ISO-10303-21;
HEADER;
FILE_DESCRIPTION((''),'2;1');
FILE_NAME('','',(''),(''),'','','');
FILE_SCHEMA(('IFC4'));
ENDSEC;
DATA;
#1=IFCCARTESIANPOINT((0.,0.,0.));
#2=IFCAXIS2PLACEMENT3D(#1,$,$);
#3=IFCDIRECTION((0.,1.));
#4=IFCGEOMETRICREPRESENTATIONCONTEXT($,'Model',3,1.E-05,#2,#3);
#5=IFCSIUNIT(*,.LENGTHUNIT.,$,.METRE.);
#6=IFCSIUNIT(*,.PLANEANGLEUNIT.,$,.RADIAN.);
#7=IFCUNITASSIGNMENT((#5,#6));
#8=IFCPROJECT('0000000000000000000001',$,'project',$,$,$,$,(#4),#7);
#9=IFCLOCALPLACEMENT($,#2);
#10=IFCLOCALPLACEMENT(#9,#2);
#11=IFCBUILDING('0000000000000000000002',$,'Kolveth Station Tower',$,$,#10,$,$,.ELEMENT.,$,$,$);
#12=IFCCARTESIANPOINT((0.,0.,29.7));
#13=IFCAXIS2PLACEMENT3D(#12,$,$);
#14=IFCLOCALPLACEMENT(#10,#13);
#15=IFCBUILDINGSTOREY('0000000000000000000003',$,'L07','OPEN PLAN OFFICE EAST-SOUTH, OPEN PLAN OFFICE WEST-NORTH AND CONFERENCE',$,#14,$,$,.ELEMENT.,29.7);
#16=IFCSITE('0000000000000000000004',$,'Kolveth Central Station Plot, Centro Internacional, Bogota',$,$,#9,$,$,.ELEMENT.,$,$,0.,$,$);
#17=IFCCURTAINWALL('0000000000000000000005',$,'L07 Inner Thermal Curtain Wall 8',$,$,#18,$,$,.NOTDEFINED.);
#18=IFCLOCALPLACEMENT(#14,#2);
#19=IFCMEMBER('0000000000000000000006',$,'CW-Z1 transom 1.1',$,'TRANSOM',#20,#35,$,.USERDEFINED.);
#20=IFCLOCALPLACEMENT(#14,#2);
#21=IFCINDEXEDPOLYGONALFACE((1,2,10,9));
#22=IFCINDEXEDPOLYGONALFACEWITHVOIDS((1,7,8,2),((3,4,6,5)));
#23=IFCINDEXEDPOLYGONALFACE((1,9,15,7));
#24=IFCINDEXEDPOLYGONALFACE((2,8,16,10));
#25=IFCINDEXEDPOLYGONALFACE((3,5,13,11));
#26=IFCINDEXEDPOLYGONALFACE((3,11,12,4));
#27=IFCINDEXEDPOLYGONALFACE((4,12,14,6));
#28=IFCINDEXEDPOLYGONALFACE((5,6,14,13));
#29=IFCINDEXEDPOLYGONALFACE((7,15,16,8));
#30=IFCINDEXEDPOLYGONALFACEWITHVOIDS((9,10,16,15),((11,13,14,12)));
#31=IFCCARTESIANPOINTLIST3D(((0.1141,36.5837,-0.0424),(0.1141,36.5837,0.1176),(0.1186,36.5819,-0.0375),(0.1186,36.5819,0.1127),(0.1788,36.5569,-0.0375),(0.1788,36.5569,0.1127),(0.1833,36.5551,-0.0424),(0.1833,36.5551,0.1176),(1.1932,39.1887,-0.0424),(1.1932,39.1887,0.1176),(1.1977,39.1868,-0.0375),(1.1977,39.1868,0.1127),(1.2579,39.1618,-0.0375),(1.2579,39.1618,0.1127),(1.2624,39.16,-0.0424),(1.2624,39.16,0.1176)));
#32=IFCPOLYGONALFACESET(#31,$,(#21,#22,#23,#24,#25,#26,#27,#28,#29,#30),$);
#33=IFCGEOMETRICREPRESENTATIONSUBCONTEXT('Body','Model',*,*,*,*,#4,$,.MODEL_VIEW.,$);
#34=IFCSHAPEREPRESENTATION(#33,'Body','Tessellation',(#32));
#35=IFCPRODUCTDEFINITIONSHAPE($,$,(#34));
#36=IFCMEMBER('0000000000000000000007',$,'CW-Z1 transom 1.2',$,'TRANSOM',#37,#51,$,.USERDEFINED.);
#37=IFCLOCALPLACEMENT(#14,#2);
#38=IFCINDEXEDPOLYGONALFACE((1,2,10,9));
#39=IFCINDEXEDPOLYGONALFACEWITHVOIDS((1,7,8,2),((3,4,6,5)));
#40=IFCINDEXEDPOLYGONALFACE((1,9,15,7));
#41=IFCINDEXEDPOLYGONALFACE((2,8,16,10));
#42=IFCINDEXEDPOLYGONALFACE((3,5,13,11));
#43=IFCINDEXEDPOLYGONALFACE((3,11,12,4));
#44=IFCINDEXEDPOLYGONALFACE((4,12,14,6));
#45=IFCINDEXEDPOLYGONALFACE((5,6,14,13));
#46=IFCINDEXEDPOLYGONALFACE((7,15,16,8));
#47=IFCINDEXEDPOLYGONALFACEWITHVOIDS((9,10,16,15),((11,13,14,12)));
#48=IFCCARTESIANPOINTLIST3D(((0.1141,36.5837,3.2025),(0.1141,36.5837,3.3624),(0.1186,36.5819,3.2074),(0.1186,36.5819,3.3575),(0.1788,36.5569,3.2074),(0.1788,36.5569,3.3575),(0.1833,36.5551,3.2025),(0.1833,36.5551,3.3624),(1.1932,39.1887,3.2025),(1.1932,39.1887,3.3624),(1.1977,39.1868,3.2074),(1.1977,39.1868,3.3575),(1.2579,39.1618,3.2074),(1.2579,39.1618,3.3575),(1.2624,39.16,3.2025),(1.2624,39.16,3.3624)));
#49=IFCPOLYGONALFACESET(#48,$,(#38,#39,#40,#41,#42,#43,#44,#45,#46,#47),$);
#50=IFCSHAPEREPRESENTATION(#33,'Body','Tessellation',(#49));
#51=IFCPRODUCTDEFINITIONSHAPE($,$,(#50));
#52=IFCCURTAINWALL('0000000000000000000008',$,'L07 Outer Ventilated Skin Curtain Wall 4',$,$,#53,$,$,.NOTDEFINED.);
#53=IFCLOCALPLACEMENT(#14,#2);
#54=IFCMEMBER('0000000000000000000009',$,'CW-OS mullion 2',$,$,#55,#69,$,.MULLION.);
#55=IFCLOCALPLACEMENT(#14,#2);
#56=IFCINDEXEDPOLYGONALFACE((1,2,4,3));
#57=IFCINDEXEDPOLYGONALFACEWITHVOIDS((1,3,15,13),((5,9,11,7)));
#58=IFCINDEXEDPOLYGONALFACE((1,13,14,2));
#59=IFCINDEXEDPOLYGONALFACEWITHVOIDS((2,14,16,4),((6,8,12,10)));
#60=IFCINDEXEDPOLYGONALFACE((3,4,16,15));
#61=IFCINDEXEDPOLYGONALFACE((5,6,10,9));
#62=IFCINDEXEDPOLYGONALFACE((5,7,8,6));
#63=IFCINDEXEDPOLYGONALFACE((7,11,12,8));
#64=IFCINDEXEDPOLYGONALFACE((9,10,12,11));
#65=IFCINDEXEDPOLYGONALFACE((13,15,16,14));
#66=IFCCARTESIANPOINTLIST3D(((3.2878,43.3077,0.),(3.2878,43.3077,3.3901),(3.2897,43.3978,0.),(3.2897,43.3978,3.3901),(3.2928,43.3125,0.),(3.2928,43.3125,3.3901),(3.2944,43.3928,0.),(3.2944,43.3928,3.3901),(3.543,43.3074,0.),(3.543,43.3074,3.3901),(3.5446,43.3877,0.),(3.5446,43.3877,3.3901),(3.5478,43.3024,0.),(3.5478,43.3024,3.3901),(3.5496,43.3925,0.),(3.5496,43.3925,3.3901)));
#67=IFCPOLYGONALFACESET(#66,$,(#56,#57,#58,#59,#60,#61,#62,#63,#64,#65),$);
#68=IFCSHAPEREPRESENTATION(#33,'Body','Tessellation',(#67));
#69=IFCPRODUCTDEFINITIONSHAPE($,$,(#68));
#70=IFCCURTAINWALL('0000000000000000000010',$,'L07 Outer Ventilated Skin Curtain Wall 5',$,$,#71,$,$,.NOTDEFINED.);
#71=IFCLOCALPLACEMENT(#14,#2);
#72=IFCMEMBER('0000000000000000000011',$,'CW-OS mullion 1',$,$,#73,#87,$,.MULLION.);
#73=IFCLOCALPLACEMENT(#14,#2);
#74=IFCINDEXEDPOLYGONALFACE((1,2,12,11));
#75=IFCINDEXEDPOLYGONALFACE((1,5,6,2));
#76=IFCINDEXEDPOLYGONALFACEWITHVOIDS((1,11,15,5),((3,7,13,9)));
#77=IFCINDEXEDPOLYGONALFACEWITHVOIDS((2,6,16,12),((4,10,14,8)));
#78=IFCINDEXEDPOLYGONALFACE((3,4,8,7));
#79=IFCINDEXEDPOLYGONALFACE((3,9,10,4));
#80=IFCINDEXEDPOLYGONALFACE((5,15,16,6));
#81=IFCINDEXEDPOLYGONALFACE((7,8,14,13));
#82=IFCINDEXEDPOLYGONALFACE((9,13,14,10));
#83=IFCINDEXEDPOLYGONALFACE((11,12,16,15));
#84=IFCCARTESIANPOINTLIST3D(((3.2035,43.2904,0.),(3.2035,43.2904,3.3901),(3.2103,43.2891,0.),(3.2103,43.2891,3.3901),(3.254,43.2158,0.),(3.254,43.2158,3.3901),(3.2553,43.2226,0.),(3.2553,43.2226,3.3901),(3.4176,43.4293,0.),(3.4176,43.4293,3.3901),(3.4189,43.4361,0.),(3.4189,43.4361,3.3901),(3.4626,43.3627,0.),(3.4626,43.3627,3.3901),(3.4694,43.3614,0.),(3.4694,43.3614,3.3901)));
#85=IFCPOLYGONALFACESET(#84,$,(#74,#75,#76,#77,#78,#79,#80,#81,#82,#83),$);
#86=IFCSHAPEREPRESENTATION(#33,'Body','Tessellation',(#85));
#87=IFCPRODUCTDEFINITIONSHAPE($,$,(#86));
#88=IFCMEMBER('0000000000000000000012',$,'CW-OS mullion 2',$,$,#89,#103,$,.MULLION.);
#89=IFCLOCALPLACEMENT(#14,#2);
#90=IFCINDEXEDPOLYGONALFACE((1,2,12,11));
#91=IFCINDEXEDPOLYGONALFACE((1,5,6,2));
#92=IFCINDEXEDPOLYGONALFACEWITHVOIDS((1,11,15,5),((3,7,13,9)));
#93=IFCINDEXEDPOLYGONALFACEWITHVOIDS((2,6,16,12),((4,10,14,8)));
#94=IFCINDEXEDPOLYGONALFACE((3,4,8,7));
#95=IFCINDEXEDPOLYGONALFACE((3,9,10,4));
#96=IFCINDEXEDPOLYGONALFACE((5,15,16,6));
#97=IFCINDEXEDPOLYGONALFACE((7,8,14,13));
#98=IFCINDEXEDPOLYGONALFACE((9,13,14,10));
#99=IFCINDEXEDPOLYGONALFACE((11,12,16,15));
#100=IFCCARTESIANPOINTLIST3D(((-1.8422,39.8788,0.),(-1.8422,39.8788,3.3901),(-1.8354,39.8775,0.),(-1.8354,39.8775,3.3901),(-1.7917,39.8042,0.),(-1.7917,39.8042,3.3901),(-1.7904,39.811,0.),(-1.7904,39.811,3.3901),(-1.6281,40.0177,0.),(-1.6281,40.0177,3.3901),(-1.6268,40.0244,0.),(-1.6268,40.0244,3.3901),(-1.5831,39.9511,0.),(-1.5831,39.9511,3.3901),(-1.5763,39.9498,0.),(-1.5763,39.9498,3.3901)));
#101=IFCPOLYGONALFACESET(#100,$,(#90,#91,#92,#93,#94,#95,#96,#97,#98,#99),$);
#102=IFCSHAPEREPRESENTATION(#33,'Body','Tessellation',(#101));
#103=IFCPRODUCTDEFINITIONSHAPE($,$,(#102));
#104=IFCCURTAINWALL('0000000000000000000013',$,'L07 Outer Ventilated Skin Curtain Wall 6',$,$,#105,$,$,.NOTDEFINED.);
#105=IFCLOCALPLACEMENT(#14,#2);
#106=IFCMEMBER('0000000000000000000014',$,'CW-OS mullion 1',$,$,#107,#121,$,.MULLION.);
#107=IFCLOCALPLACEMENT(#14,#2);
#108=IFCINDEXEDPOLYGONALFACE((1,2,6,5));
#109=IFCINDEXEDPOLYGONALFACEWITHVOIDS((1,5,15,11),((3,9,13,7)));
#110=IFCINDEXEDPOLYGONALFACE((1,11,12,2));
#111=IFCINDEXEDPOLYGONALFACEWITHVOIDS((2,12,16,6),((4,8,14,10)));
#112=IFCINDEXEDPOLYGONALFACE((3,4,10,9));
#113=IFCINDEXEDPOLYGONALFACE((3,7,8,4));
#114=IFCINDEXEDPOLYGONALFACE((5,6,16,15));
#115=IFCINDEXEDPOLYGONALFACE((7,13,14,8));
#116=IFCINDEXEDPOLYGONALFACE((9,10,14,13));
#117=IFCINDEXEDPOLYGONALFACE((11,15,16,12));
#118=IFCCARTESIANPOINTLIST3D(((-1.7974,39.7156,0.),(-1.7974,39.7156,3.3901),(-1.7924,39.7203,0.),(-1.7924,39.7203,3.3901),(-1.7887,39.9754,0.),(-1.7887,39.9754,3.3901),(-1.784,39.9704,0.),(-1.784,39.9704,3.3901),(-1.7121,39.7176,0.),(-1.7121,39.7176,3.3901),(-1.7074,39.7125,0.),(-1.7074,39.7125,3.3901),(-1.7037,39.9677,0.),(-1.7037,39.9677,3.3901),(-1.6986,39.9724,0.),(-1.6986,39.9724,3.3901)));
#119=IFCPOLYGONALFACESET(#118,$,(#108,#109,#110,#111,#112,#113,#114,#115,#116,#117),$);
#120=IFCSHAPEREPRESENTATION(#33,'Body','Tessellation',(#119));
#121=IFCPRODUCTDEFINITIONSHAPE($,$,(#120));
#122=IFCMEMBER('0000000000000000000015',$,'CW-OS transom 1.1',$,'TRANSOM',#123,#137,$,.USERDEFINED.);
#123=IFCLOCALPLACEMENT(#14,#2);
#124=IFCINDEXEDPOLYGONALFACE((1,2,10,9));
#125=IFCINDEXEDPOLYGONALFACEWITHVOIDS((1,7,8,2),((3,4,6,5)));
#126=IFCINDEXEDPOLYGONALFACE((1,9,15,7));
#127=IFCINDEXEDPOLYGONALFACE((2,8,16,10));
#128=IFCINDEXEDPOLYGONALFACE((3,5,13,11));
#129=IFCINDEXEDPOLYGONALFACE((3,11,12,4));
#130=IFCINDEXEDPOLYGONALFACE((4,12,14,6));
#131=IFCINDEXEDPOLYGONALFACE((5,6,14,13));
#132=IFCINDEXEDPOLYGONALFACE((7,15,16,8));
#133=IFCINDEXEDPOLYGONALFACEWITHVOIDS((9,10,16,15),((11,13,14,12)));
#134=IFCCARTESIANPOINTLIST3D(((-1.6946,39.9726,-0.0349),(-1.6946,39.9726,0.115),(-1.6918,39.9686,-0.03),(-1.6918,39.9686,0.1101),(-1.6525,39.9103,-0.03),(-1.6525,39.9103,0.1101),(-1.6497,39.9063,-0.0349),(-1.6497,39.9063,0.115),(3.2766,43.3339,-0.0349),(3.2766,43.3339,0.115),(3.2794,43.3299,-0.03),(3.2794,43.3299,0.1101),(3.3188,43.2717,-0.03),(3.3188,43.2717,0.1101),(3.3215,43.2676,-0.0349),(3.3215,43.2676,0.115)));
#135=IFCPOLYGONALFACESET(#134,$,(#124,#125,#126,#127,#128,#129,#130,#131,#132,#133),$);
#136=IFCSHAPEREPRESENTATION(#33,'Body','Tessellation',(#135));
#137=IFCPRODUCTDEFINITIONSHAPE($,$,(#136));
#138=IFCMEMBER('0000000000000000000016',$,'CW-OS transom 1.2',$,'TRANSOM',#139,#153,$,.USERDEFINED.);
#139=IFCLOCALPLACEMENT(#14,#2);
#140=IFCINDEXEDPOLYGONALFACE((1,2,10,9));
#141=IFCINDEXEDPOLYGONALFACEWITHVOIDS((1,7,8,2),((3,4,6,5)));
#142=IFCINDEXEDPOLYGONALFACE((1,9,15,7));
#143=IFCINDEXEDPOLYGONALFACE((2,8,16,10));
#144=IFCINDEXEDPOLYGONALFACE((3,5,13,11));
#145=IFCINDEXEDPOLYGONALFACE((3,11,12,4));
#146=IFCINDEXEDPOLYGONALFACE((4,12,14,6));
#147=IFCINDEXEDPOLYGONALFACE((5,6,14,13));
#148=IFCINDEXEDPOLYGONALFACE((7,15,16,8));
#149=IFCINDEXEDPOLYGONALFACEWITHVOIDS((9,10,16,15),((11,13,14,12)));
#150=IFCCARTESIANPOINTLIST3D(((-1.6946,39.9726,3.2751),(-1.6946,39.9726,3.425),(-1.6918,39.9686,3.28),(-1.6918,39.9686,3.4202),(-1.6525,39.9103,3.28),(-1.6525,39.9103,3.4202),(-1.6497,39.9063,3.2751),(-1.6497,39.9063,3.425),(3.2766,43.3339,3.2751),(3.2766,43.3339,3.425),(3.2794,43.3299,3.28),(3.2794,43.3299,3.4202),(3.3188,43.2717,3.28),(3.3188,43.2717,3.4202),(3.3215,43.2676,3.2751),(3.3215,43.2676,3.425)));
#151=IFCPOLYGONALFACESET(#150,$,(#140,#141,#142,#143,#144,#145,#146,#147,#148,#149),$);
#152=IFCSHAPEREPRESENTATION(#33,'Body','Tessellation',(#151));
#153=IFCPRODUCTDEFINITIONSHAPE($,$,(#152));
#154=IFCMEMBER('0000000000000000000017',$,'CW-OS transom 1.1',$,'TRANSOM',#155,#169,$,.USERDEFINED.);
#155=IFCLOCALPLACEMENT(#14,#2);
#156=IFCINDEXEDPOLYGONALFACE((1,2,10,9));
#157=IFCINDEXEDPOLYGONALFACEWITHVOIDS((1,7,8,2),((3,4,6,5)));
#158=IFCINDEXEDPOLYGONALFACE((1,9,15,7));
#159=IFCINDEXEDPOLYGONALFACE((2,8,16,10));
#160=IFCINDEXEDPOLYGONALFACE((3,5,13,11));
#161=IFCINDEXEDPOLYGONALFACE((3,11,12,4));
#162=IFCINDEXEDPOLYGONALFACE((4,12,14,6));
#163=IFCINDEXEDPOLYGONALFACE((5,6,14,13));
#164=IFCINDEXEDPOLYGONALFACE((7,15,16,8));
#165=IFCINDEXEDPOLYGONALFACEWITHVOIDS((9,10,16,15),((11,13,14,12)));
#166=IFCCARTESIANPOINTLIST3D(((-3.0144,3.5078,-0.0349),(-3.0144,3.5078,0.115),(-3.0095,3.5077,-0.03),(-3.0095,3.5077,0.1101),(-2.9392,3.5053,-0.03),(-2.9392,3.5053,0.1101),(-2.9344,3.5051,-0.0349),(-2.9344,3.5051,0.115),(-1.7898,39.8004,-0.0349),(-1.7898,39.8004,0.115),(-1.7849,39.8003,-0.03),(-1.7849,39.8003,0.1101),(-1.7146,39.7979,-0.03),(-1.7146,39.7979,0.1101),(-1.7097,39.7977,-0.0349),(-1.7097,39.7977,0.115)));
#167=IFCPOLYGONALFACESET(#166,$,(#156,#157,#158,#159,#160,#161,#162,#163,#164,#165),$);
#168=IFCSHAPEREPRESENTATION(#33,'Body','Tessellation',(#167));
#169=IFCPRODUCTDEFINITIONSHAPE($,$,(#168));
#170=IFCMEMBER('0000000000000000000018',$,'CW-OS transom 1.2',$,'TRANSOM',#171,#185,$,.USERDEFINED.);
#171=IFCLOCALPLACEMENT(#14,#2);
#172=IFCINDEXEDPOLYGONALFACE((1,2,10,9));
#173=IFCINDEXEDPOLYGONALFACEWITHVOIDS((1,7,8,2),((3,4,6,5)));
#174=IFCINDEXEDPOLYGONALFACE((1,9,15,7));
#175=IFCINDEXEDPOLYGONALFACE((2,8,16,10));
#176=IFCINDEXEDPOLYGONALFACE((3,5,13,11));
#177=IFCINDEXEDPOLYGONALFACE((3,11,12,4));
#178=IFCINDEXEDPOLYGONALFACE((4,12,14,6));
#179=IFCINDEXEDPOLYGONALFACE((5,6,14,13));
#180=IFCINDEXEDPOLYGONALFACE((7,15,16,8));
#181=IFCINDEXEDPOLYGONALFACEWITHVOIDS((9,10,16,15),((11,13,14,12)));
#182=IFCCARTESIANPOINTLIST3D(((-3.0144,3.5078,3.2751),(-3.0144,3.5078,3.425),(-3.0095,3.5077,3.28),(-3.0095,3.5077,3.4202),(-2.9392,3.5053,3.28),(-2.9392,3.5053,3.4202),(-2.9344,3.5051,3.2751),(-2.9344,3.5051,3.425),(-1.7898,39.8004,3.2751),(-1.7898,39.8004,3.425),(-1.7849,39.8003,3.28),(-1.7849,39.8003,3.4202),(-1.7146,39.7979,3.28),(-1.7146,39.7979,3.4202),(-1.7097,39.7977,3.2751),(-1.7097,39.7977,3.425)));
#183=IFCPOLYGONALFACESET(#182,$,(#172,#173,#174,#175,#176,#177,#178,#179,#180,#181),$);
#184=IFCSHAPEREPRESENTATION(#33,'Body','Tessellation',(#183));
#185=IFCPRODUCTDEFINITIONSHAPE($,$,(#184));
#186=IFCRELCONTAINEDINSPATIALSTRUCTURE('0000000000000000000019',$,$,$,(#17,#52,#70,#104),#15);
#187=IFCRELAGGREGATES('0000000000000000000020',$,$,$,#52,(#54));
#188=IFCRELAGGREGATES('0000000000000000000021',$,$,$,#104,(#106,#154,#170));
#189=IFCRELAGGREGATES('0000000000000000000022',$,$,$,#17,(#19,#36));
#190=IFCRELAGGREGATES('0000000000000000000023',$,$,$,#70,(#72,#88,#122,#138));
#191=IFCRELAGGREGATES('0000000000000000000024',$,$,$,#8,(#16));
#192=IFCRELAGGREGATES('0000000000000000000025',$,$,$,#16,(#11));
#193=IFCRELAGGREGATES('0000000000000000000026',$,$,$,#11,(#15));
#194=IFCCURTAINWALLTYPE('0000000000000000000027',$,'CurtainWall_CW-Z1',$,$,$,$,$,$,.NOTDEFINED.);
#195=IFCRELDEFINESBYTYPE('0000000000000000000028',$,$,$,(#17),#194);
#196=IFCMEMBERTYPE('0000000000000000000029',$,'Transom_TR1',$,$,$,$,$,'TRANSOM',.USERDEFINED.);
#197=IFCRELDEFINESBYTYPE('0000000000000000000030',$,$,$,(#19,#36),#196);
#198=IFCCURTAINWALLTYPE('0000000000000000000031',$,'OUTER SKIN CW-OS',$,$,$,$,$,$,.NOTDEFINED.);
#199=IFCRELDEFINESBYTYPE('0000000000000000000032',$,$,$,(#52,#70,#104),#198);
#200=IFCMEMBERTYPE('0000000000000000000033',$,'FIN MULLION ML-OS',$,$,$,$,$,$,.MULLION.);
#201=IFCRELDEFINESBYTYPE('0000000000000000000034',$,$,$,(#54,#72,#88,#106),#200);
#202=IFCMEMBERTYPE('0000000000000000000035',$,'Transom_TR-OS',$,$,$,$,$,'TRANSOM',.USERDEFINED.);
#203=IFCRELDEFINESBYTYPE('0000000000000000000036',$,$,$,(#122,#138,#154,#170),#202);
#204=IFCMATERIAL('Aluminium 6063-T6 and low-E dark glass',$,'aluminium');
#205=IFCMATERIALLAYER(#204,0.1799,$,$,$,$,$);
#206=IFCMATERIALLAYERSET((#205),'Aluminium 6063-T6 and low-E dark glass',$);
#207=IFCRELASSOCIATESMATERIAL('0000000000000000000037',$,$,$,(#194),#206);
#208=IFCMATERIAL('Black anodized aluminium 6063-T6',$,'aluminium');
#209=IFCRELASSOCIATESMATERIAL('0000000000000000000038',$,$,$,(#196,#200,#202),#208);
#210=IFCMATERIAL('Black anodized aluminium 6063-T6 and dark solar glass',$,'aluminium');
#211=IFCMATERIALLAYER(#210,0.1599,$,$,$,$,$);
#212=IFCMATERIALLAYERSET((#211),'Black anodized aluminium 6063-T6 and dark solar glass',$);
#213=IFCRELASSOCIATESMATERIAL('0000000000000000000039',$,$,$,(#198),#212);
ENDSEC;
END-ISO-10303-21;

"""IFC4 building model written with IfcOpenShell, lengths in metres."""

from ifc_helpers import new_model, si_unit, direction, frame, origin, origin_2d, place, context, subcontext, project, spatial, hollow_rectangle, extrude, source, transform, mapped, material, layer, layer_set, material_profile, profile_set, type_object, element, aggregate, save


model = new_model("IFC4")

# Units and contexts
model_context = context("Model", 3, precision=1e-05, world=origin(), true_north=direction((0.0, 1.0)))
body_context = subcontext(model_context, "Body", "Model", "MODEL_VIEW")
ifc_project = project(units=[si_unit("LENGTHUNIT", "METRE"), si_unit("PLANEANGLEUNIT", "RADIAN")], contexts=[model_context])

# Site, building, storey
site_placement = place(None, origin())
site = spatial("IfcSite", under=ifc_project, at=site_placement, Name="Kolveth Central Station Plot, Centro Internacional, Bogota", CompositionType="ELEMENT", RefElevation=0.0)
building_placement = place(site_placement, origin())
building = spatial("IfcBuilding", under=site, at=building_placement, Name="Kolveth Station Tower", CompositionType="ELEMENT")
storey_placement = place(building_placement, frame((0.0, 0.0, 29.7)))
storey = spatial("IfcBuildingStorey", under=building, at=storey_placement, Name="L07", Description="OPEN PLAN OFFICE EAST-SOUTH, OPEN PLAN OFFICE WEST-NORTH AND CONFERENCE", CompositionType="ELEMENT", Elevation=29.7)

# Shared definitions
ifc_material_1 = material(Name="Aluminium 6063-T6 and low-E dark glass", Category="aluminium")
ifc_layer_1 = layer(ifc_material_1, 0.1799)
ifc_layer_set_1 = layer_set([ifc_layer_1], Name="Aluminium 6063-T6 and low-E dark glass")
curtain_wall_type_1 = type_object("IfcCurtainWallType", Name="CurtainWall_CW-Z1", PredefinedType="NOTDEFINED", material=ifc_layer_set_1)
ifc_material_2 = material(Name="Black anodized aluminium 6063-T6", Category="aluminium")

# Curtain wall
curtain_wall_1_placement = place(storey_placement, origin())
curtain_wall_1 = element("IfcCurtainWall", 1, at=curtain_wall_1_placement, inside=storey, type_object=curtain_wall_type_1, Name="L07 Inner Thermal Curtain Wall 8", PredefinedType="NOTDEFINED")

# Members
ifc_material_profile_1 = material_profile(ifc_material_2, hollow_rectangle(XDim=0.075, YDim=0.1599, WallThickness=0.0049, at=origin_2d()), Name="ALU-75x160x5")
ifc_profile_set_1 = profile_set([ifc_material_profile_1], Name="Black anodized aluminium 6063-T6")
member_type_1 = type_object("IfcMemberType", Name="Transom_TR1", ElementType="TRANSOM", PredefinedType="USERDEFINED", material=ifc_profile_set_1)
shared_shape_1 = source(origin(), body_context, "Body", "SweptSolid", [
    extrude(hollow_rectangle(XDim=0.075, YDim=0.1599, WallThickness=0.0049, at=origin_2d()), origin(), (0.0, 0.0, 1.0), 2.8196),
])
member_1_placement = place(storey_placement, frame((1.2278, 39.1743, 0.0376), z_axis=(-0.382709, -0.923869, 0.0), x_axis=(0.923869, -0.382709, 0.0)))
member_1 = element("IfcMember", 2, at=member_1_placement, type_object=member_type_1, Name="CW-Z1 transom 1.1", ObjectType="TRANSOM", PredefinedType="USERDEFINED", context=body_context, shape_type="MappedRepresentation", body=[
    mapped(shared_shape_1, transform((0.0, 0.0, 0.0), x_axis=(1.0, 0.0, 0.0), y_axis=(0.0, 1.0, 0.0), z_axis=(0.0, 0.0, 1.0), scale=1.0)),
])
member_2_placement = place(storey_placement, frame((1.2278, 39.1743, 3.2825), z_axis=(-0.382709, -0.923869, 0.0), x_axis=(0.923869, -0.382709, 0.0)))
member_2 = element("IfcMember", 3, at=member_2_placement, type_object=member_type_1, Name="CW-Z1 transom 1.2", ObjectType="TRANSOM", PredefinedType="USERDEFINED", context=body_context, shape_type="MappedRepresentation", body=[
    mapped(shared_shape_1, transform((0.0, 0.0, 0.0), x_axis=(1.0, 0.0, 0.0), y_axis=(0.0, 1.0, 0.0), z_axis=(0.0, 0.0, 1.0), scale=1.0)),
])

# Curtain wall, member
ifc_material_3 = material(Name="Black anodized aluminium 6063-T6 and dark solar glass", Category="aluminium")
ifc_layer_2 = layer(ifc_material_3, 0.1599)
ifc_layer_set_2 = layer_set([ifc_layer_2], Name="Black anodized aluminium 6063-T6 and dark solar glass")
curtain_wall_type_2 = type_object("IfcCurtainWallType", Name="OUTER SKIN CW-OS", PredefinedType="NOTDEFINED", material=ifc_layer_set_2)
curtain_wall_2_placement = place(storey_placement, origin())
curtain_wall_2 = element("IfcCurtainWall", 4, at=curtain_wall_2_placement, inside=storey, type_object=curtain_wall_type_2, Name="L07 Outer Ventilated Skin Curtain Wall 4", PredefinedType="NOTDEFINED")
ifc_material_profile_2 = material_profile(ifc_material_2, hollow_rectangle(XDim=0.0901, YDim=0.26, WallThickness=0.0049, at=origin_2d()), Name="ALU-90x260x5")
ifc_profile_set_2 = profile_set([ifc_material_profile_2], Name="Black anodized aluminium 6063-T6")
member_type_2 = type_object("IfcMemberType", Name="FIN MULLION ML-OS", PredefinedType="MULLION", material=ifc_profile_set_2)
shared_shape_2 = source(origin(), body_context, "Body", "SweptSolid", [
    extrude(hollow_rectangle(XDim=0.0901, YDim=0.26, WallThickness=0.0049, at=origin_2d()), origin(), (0.0, 0.0, 1.0), 3.3901),
])
member_3_placement = place(storey_placement, frame((3.4187, 43.3501, 0.0), z_axis=(0.0, 0.0, 1.0), x_axis=(-0.020606, -0.999788, 0.0)))
member_3 = element("IfcMember", 5, at=member_3_placement, type_object=member_type_2, Name="CW-OS mullion 2", PredefinedType="MULLION", context=body_context, shape_type="MappedRepresentation", body=[
    mapped(shared_shape_2, transform((0.0, 0.0, 0.0), x_axis=(1.0, 0.0, 0.0), y_axis=(0.0, 1.0, 0.0), z_axis=(0.0, 0.0, 1.0), scale=1.0)),
])
aggregate(curtain_wall_2, [member_3])

# Curtain wall, members
curtain_wall_3_placement = place(storey_placement, origin())
curtain_wall_3 = element("IfcCurtainWall", 6, at=curtain_wall_3_placement, inside=storey, type_object=curtain_wall_type_2, Name="L07 Outer Ventilated Skin Curtain Wall 5", PredefinedType="NOTDEFINED")
member_4_placement = place(storey_placement, frame((3.3364, 43.3259, 0.0), z_axis=(0.0, 0.0, 1.0), x_axis=(0.560128, -0.828406, 0.0)))
member_4 = element("IfcMember", 7, at=member_4_placement, type_object=member_type_2, Name="CW-OS mullion 1", PredefinedType="MULLION", context=body_context, shape_type="MappedRepresentation", body=[
    mapped(shared_shape_2, transform((0.0, 0.0, 0.0), x_axis=(1.0, 0.0, 0.0), y_axis=(0.0, 1.0, 0.0), z_axis=(0.0, 0.0, 1.0), scale=1.0)),
])
member_5_placement = place(storey_placement, frame((-1.7092, 39.9143, 0.0), z_axis=(0.0, 0.0, 1.0), x_axis=(0.560128, -0.828406, 0.0)))
member_5 = element("IfcMember", 8, at=member_5_placement, type_object=member_type_2, Name="CW-OS mullion 2", PredefinedType="MULLION", context=body_context, shape_type="MappedRepresentation", body=[
    mapped(shared_shape_2, transform((0.0, 0.0, 0.0), x_axis=(1.0, 0.0, 0.0), y_axis=(0.0, 1.0, 0.0), z_axis=(0.0, 0.0, 1.0), scale=1.0)),
])

# Curtain wall, member
curtain_wall_4_placement = place(storey_placement, origin())
curtain_wall_4 = element("IfcCurtainWall", 9, at=curtain_wall_4_placement, inside=storey, type_object=curtain_wall_type_2, Name="L07 Outer Ventilated Skin Curtain Wall 6", PredefinedType="NOTDEFINED")
member_6_placement = place(storey_placement, frame((-1.748, 39.844, 0.0), z_axis=(0.0, 0.0, 1.0), x_axis=(0.999431, -0.033727, 0.0)))
member_6 = element("IfcMember", 10, at=member_6_placement, type_object=member_type_2, Name="CW-OS mullion 1", PredefinedType="MULLION", context=body_context, shape_type="MappedRepresentation", body=[
    mapped(shared_shape_2, transform((0.0, 0.0, 0.0), x_axis=(1.0, 0.0, 0.0), y_axis=(0.0, 1.0, 0.0), z_axis=(0.0, 0.0, 1.0), scale=1.0)),
])

# Members
ifc_material_profile_3 = material_profile(ifc_material_2, hollow_rectangle(XDim=0.0801, YDim=0.1499, WallThickness=0.0049, at=origin_2d()), Name="ALU-80x150x5")
ifc_profile_set_3 = profile_set([ifc_material_profile_3], Name="Black anodized aluminium 6063-T6")
member_type_3 = type_object("IfcMemberType", Name="Transom_TR-OS", ElementType="TRANSOM", PredefinedType="USERDEFINED", material=ifc_profile_set_3)
shared_shape_3 = source(origin(), body_context, "Body", "SweptSolid", [
    extrude(hollow_rectangle(XDim=0.0801, YDim=0.1499, WallThickness=0.0049, at=origin_2d()), origin(), (0.0, 0.0, 1.0), 6.001),
])
member_7_placement = place(storey_placement, frame((3.2991, 43.3008, 0.04), z_axis=(-0.828402, -0.560134, 0.0), x_axis=(0.560134, -0.828402, 0.0)))
member_7 = element("IfcMember", 11, at=member_7_placement, type_object=member_type_3, Name="CW-OS transom 1.1", ObjectType="TRANSOM", PredefinedType="USERDEFINED", context=body_context, shape_type="MappedRepresentation", body=[
    mapped(shared_shape_3, transform((0.0, 0.0, 0.0), x_axis=(1.0, 0.0, 0.0), y_axis=(0.0, 1.0, 0.0), z_axis=(0.0, 0.0, 1.0), scale=1.0)),
])
member_8_placement = place(storey_placement, frame((3.2991, 43.3008, 3.3501), z_axis=(-0.828402, -0.560134, 0.0), x_axis=(0.560134, -0.828402, 0.0)))
member_8 = element("IfcMember", 12, at=member_8_placement, type_object=member_type_3, Name="CW-OS transom 1.2", ObjectType="TRANSOM", PredefinedType="USERDEFINED", context=body_context, shape_type="MappedRepresentation", body=[
    mapped(shared_shape_3, transform((0.0, 0.0, 0.0), x_axis=(1.0, 0.0, 0.0), y_axis=(0.0, 1.0, 0.0), z_axis=(0.0, 0.0, 1.0), scale=1.0)),
])
shared_shape_4 = source(origin(), body_context, "Body", "SweptSolid", [
    extrude(hollow_rectangle(XDim=0.0801, YDim=0.1499, WallThickness=0.0049, at=origin_2d()), origin(), (0.0, 0.0, 1.0), 36.3132),
])
member_9_placement = place(storey_placement, frame((-1.7498, 39.7991, 0.04), z_axis=(-0.033724, -0.999431, 0.0), x_axis=(0.999431, -0.033724, 0.0)))
member_9 = element("IfcMember", 13, at=member_9_placement, type_object=member_type_3, Name="CW-OS transom 1.1", ObjectType="TRANSOM", PredefinedType="USERDEFINED", context=body_context, shape_type="MappedRepresentation", body=[
    mapped(shared_shape_4, transform((0.0, 0.0, 0.0), x_axis=(1.0, 0.0, 0.0), y_axis=(0.0, 1.0, 0.0), z_axis=(0.0, 0.0, 1.0), scale=1.0)),
])
member_10_placement = place(storey_placement, frame((-1.7498, 39.7991, 3.3501), z_axis=(-0.033724, -0.999431, 0.0), x_axis=(0.999431, -0.033724, 0.0)))
member_10 = element("IfcMember", 14, at=member_10_placement, type_object=member_type_3, Name="CW-OS transom 1.2", ObjectType="TRANSOM", PredefinedType="USERDEFINED", context=body_context, shape_type="MappedRepresentation", body=[
    mapped(shared_shape_4, transform((0.0, 0.0, 0.0), x_axis=(1.0, 0.0, 0.0), y_axis=(0.0, 1.0, 0.0), z_axis=(0.0, 0.0, 1.0), scale=1.0)),
])
aggregate(curtain_wall_4, [member_6, member_9, member_10])

aggregate(curtain_wall_1, [member_1, member_2])
aggregate(curtain_wall_3, [member_4, member_5, member_7, member_8])

save(model, "model.ifc")
